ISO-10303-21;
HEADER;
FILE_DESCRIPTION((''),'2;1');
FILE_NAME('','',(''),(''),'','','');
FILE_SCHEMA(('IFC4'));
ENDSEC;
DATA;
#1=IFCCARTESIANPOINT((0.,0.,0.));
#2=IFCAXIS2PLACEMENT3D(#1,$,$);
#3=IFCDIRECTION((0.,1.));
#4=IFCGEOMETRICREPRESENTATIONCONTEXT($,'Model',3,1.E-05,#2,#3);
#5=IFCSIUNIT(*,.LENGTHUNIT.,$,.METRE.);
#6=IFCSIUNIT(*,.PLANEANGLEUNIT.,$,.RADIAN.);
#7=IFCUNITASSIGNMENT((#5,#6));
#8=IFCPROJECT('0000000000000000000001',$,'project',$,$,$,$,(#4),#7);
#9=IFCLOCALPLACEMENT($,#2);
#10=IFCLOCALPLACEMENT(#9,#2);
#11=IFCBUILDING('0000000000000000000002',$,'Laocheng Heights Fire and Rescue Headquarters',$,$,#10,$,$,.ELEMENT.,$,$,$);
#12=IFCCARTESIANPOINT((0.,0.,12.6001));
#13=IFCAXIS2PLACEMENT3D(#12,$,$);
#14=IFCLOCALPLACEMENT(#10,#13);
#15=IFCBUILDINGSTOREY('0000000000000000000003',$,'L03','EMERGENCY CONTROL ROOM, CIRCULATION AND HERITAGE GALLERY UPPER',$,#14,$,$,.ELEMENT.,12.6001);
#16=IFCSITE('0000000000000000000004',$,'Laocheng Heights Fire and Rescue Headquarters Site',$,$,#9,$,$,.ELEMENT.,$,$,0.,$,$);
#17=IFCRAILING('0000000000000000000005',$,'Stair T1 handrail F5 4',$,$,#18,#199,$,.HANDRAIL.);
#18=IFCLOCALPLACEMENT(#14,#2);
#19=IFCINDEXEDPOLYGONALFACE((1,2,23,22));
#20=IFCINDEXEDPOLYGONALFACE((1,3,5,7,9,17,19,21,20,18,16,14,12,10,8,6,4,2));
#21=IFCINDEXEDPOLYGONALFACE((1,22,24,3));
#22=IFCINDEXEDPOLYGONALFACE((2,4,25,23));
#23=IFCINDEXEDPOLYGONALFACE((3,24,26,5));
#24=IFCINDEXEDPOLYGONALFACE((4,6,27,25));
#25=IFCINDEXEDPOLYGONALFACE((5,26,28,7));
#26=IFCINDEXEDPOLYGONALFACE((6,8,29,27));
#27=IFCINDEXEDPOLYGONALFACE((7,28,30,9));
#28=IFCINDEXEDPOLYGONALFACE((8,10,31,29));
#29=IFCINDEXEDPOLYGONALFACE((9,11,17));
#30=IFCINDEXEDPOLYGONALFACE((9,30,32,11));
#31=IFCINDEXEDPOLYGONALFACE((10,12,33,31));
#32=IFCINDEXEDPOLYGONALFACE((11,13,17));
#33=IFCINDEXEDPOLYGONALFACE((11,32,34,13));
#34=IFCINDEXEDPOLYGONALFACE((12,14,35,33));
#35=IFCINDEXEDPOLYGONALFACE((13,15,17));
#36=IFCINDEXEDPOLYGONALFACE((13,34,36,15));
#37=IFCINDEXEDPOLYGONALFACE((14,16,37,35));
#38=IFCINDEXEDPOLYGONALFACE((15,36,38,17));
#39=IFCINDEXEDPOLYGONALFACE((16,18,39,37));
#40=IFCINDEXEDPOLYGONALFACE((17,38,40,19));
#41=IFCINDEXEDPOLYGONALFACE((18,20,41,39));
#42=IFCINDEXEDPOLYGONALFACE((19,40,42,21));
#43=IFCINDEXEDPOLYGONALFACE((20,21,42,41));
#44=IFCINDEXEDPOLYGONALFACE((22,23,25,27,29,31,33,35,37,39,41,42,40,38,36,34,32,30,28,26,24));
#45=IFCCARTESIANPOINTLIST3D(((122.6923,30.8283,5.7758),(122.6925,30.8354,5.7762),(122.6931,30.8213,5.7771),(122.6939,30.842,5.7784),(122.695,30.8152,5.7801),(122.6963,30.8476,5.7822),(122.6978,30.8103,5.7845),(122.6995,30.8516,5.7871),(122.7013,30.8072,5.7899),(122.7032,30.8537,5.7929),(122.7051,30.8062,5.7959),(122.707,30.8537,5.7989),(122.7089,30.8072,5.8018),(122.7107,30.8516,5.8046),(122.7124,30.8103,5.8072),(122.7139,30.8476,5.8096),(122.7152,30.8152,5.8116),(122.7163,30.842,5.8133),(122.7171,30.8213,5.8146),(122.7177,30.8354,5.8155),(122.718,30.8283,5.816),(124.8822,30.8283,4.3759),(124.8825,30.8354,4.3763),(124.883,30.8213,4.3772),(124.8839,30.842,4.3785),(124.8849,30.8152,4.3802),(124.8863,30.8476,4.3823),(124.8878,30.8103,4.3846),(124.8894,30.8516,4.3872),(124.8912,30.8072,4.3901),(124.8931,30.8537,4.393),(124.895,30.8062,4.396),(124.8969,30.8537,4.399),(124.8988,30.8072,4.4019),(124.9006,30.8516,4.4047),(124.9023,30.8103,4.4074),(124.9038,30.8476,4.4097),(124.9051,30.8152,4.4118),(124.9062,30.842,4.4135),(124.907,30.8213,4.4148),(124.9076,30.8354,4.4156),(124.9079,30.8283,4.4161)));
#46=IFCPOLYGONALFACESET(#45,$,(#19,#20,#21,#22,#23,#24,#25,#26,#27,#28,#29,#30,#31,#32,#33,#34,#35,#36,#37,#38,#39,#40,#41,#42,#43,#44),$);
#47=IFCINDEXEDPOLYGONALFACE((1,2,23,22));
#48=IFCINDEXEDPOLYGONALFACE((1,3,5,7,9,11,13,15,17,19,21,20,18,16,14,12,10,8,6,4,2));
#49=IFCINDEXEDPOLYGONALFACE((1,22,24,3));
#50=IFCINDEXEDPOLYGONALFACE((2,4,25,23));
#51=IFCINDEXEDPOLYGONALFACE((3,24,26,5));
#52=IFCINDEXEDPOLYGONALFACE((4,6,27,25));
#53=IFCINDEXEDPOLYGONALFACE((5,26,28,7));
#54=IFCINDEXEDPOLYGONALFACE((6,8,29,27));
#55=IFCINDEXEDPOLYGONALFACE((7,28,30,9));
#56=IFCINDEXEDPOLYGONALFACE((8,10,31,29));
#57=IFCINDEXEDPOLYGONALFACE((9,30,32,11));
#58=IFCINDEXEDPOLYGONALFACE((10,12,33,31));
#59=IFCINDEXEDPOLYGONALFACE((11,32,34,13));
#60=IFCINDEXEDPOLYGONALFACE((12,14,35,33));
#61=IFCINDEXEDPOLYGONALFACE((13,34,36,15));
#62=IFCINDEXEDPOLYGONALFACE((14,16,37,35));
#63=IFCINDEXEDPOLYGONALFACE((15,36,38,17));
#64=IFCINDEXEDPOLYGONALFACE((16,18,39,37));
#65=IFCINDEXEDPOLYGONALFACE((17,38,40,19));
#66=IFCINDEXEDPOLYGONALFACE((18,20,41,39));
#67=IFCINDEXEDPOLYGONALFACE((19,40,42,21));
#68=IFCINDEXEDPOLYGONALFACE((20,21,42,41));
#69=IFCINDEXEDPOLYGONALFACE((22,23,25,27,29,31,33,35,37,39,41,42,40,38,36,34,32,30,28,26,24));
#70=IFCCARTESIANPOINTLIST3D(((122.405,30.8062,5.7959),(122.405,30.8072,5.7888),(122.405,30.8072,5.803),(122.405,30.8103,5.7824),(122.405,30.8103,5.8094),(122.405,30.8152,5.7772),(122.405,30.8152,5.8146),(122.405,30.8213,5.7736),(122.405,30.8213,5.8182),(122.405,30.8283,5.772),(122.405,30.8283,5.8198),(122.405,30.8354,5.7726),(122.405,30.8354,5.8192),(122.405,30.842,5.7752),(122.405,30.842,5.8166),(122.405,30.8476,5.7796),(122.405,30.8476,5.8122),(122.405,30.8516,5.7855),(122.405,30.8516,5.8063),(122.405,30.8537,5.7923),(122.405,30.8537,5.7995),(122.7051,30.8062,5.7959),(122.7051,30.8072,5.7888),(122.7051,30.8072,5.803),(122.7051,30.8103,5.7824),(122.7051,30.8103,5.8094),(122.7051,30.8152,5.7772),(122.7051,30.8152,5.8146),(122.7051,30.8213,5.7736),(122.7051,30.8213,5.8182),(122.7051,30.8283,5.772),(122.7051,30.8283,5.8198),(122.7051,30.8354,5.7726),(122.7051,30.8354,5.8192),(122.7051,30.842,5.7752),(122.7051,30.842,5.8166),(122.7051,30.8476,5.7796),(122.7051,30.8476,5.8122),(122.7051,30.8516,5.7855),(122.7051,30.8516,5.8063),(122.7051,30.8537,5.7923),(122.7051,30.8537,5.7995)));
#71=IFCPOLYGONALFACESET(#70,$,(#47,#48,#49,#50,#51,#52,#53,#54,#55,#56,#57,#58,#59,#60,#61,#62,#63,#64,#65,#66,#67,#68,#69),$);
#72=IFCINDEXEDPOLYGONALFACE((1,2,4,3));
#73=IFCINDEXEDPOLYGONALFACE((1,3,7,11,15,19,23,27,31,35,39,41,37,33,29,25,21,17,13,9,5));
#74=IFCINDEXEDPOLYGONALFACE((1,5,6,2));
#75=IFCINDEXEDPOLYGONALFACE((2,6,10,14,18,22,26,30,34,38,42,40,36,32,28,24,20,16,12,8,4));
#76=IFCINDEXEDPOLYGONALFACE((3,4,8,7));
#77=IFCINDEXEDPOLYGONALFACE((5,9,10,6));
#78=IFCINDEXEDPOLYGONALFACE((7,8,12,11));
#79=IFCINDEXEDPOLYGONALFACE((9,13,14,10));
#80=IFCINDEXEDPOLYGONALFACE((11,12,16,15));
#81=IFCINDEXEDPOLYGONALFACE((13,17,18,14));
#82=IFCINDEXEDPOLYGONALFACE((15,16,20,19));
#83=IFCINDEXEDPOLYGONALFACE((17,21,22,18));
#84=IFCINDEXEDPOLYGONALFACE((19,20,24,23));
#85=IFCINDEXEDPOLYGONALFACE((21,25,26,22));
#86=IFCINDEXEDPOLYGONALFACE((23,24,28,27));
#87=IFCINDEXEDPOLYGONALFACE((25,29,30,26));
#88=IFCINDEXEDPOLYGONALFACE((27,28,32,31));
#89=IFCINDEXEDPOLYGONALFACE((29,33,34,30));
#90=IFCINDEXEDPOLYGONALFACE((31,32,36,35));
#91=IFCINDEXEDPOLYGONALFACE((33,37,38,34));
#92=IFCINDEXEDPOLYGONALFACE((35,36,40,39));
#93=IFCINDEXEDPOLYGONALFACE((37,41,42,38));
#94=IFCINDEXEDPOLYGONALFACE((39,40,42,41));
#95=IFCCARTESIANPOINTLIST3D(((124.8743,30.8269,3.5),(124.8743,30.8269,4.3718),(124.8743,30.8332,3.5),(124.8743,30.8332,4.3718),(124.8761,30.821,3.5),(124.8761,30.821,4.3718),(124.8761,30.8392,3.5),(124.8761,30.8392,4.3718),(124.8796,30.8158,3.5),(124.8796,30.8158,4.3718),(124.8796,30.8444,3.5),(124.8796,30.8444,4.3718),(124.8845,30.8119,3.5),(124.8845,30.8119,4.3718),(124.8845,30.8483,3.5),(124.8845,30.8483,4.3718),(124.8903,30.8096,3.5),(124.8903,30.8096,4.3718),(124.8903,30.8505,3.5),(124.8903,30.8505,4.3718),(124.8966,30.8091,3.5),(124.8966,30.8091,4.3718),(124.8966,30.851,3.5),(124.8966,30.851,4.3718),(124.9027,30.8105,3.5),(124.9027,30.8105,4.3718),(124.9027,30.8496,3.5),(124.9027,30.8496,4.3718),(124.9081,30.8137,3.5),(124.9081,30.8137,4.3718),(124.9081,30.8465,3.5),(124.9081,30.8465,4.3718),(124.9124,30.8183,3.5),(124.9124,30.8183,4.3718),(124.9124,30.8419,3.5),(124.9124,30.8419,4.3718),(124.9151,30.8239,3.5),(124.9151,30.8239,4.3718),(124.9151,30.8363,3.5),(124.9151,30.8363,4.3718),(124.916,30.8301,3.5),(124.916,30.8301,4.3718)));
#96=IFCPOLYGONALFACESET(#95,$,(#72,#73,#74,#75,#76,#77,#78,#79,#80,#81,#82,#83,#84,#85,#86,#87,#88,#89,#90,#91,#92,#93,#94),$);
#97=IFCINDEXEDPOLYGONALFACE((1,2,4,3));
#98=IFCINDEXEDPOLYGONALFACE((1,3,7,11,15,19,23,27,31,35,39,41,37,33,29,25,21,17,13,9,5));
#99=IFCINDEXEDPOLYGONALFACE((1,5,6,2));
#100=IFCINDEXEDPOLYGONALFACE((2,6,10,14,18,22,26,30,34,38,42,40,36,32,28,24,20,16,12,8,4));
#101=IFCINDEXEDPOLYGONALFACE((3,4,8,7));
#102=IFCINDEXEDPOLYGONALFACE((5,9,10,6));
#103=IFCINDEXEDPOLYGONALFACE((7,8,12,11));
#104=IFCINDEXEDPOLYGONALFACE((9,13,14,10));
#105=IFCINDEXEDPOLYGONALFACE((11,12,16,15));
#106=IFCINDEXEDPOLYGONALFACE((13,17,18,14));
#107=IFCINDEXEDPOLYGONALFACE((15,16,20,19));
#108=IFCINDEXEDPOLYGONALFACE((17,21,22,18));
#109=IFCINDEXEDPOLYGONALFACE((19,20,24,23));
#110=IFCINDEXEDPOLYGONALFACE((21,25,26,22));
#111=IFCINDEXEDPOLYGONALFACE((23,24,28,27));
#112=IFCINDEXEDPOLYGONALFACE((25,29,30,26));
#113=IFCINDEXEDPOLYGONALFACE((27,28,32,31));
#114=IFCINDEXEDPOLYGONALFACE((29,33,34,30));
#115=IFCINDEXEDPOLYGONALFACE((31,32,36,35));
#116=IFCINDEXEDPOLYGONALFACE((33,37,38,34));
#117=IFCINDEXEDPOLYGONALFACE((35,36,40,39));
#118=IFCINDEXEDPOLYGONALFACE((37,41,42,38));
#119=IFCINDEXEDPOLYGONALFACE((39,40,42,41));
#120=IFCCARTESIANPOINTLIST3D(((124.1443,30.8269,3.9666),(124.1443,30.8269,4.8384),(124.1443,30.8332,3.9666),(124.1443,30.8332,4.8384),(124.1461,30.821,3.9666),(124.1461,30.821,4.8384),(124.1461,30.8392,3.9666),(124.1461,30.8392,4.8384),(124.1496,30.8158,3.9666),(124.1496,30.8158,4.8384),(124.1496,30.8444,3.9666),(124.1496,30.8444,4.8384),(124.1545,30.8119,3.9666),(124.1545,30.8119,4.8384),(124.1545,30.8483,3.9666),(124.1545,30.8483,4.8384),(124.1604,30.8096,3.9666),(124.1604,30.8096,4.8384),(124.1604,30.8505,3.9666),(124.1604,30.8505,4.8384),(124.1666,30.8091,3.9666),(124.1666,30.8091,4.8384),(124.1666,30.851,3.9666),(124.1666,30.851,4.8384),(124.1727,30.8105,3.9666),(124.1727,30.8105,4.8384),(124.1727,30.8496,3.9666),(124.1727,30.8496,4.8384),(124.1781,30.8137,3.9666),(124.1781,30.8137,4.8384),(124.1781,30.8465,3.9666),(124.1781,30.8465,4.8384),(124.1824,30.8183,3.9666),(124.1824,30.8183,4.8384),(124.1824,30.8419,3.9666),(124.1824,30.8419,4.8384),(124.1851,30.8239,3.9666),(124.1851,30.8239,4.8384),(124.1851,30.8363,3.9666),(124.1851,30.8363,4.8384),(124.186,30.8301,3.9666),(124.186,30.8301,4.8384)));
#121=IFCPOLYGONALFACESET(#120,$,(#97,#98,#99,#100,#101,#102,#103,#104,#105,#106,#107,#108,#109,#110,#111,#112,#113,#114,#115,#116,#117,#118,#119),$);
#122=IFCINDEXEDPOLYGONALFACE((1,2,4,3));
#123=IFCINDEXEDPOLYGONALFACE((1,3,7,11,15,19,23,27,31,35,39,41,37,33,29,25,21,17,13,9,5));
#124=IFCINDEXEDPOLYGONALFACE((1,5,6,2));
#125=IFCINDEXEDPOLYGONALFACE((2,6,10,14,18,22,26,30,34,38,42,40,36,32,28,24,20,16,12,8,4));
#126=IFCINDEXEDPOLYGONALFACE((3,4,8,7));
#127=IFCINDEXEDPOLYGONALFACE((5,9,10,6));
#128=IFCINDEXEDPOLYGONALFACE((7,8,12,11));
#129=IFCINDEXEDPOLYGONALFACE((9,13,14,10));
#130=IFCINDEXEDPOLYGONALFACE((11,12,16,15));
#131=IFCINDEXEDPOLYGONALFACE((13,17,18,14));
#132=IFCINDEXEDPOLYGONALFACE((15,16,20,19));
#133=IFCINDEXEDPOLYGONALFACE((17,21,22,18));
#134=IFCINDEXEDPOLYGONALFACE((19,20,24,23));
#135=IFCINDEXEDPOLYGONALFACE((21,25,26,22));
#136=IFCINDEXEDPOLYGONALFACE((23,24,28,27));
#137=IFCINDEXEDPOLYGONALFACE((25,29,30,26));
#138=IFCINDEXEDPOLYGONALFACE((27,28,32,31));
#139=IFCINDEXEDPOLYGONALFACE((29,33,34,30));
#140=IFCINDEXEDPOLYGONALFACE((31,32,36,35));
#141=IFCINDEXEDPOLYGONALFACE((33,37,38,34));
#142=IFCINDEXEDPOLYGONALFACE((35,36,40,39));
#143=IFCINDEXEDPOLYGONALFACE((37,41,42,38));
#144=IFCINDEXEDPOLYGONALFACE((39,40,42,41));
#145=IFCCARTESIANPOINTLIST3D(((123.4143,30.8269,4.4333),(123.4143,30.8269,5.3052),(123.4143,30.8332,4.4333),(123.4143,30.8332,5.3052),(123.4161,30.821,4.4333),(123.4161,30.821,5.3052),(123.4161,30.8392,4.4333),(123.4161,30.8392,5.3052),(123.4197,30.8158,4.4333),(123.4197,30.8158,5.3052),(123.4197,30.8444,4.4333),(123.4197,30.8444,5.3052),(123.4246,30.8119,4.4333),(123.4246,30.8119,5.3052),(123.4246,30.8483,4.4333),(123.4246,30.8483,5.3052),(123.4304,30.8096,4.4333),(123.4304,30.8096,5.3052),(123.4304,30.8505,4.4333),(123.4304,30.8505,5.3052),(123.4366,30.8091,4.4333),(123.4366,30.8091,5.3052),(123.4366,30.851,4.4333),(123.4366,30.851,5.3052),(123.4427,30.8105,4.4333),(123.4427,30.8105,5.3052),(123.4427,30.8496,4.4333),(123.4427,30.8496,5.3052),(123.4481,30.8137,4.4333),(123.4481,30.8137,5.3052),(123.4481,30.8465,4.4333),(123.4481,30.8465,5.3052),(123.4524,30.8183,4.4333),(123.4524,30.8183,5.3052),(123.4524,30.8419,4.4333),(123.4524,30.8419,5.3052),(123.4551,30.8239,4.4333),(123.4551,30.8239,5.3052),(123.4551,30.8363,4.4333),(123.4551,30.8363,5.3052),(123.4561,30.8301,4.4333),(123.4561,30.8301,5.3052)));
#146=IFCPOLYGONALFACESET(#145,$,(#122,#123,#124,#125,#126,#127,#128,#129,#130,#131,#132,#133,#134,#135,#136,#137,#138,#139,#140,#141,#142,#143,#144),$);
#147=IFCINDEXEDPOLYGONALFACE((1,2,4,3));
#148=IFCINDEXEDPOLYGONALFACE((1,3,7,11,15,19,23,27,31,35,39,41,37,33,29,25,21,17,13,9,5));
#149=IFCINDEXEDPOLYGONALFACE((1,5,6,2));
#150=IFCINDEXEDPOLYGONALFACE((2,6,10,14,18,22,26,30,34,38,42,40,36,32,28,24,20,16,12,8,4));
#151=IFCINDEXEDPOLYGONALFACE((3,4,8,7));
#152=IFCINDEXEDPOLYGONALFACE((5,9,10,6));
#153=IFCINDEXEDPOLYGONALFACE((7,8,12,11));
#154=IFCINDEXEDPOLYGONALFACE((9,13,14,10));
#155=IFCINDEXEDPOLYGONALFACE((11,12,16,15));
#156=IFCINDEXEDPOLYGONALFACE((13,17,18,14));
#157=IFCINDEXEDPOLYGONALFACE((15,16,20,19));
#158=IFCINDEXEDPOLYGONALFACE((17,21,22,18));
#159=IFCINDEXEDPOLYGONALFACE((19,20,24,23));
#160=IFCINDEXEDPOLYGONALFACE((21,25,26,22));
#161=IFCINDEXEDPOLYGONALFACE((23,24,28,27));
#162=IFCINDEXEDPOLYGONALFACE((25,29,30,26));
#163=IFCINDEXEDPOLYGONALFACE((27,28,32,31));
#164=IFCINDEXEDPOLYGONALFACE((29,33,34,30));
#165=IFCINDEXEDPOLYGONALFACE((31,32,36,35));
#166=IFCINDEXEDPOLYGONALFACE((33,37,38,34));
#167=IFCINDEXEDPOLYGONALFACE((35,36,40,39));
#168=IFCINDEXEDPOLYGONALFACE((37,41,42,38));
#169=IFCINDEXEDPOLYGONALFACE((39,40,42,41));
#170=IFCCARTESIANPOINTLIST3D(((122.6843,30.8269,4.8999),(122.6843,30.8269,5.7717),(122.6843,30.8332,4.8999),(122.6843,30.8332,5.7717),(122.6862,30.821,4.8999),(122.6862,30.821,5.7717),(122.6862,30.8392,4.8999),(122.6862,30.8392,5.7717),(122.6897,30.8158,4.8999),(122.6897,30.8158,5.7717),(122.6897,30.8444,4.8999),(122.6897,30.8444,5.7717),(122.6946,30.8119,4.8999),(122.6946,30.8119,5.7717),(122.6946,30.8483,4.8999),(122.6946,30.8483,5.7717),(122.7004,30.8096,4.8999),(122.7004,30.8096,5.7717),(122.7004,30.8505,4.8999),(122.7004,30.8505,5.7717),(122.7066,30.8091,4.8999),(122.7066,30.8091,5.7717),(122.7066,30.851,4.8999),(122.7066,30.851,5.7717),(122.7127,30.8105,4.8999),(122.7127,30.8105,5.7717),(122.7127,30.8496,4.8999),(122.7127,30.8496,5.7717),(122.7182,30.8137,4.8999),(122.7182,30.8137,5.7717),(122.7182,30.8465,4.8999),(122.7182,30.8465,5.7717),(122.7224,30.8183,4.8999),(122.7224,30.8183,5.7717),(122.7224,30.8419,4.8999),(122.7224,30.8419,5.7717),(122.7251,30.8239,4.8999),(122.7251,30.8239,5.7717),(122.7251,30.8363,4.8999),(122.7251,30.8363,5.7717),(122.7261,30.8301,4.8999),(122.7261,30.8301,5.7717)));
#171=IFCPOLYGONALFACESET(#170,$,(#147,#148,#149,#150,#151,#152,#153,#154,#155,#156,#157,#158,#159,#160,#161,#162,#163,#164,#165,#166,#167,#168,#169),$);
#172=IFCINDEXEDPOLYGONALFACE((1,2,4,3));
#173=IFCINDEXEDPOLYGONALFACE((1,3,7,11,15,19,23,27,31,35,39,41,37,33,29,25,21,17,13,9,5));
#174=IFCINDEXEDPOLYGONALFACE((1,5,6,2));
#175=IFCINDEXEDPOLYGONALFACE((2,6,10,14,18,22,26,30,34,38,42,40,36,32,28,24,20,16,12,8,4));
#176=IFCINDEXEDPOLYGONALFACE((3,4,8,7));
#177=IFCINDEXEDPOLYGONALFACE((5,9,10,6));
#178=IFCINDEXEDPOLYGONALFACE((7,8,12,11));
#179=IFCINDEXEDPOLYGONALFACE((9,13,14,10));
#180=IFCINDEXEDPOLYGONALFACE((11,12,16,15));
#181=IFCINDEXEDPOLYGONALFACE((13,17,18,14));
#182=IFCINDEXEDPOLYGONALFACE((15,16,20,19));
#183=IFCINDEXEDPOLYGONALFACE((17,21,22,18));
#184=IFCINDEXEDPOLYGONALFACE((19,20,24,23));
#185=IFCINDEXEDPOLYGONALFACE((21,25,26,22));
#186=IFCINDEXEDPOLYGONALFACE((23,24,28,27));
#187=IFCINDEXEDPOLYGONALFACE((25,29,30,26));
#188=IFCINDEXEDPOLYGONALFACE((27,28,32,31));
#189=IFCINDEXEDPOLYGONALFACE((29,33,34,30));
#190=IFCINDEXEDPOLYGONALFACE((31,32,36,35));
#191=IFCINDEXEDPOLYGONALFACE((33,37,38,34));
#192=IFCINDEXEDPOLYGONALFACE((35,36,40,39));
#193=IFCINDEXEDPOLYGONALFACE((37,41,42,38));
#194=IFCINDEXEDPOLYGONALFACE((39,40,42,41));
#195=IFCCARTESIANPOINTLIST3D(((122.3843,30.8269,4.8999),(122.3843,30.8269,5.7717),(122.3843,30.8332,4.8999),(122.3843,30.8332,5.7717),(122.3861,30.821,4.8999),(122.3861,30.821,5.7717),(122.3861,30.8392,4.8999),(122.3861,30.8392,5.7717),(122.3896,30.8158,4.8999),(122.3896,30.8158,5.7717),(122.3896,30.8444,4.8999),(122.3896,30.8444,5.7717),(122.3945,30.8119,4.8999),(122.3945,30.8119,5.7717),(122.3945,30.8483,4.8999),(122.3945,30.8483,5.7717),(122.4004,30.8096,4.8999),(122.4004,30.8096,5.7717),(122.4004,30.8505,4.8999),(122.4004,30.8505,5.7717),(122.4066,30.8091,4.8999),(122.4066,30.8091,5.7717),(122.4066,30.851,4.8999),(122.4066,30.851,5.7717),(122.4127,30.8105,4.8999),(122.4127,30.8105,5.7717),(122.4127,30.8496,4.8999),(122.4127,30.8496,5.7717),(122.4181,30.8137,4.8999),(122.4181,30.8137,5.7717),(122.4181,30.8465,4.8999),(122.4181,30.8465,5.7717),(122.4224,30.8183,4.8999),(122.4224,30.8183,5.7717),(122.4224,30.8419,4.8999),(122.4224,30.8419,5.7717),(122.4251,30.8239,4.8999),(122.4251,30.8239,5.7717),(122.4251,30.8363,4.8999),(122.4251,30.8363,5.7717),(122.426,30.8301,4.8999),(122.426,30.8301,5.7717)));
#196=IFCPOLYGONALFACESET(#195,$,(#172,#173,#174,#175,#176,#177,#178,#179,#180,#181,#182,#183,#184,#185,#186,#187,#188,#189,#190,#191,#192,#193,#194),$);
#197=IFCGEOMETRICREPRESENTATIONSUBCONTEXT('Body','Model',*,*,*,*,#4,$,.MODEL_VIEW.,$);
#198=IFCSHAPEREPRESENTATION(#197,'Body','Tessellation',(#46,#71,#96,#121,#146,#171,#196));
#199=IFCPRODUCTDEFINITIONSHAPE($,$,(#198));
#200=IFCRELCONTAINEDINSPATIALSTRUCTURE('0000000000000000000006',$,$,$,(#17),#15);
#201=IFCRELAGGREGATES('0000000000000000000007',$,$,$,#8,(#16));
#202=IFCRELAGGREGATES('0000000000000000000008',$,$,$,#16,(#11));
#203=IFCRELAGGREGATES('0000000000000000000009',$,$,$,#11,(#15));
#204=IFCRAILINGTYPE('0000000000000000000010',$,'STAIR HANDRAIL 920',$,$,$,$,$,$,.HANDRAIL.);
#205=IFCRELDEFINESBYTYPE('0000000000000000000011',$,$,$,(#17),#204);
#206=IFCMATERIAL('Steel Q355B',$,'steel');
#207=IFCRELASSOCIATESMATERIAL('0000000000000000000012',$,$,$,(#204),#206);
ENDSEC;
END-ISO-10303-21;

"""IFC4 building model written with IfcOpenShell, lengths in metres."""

from ifc_helpers import new_model, si_unit, direction, frame, origin, origin_2d, place, context, subcontext, project, spatial, circle, extrude, material, type_object, element, save


model = new_model("IFC4")

# Units and contexts
model_context = context("Model", 3, precision=1e-05, world=origin(), true_north=direction((0.0, 1.0)))
body_context = subcontext(model_context, "Body", "Model", "MODEL_VIEW")
ifc_project = project(units=[si_unit("LENGTHUNIT", "METRE"), si_unit("PLANEANGLEUNIT", "RADIAN")], contexts=[model_context])

# Site, building, storey
site_placement = place(None, origin())
site = spatial("IfcSite", under=ifc_project, at=site_placement, Name="Laocheng Heights Fire and Rescue Headquarters Site", CompositionType="ELEMENT", RefElevation=0.0)
building_placement = place(site_placement, origin())
building = spatial("IfcBuilding", under=site, at=building_placement, Name="Laocheng Heights Fire and Rescue Headquarters", CompositionType="ELEMENT")
storey_placement = place(building_placement, frame((0.0, 0.0, 12.6001)))
storey = spatial("IfcBuildingStorey", under=building, at=storey_placement, Name="L03", Description="EMERGENCY CONTROL ROOM, CIRCULATION AND HERITAGE GALLERY UPPER", CompositionType="ELEMENT", Elevation=12.6001)

# Railing
ifc_material_1 = material(Name="Steel Q355B", Category="steel")
railing_type_1 = type_object("IfcRailingType", Name="STAIR HANDRAIL 920", PredefinedType="HANDRAIL", material=ifc_material_1)
for number, where, name in (
    (1, (124.895, 30.8301, 3.5), "Stair T1 handrail F5 4"),
):
    element("IfcRailing", number, at=place(storey_placement, frame(where)), inside=storey, type_object=railing_type_1, Name=name, PredefinedType="HANDRAIL", context=body_context, shape_type="SweptSolid", body=[
        extrude(circle(Radius=0.0239, at=origin_2d()), frame((0.0, 0.0, 0.896), z_axis=(-0.842561, 0.0, 0.5386), x_axis=(0.0, -1.0, 0.0)), (0.0, 0.0, 1.0), 2.5991),
        extrude(circle(Radius=0.0239, at=origin_2d()), frame((-2.1899, 0.0, 2.2959), z_axis=(-1.0, 0.0, 0.0), x_axis=(0.0, -1.0, 0.0)), (0.0, 0.0, 1.0), 0.3),
        extrude(circle(Radius=0.021, at=origin_2d()), origin(), (0.0, 0.0, 1.0), 0.8718),
        extrude(circle(Radius=0.021, at=origin_2d()), frame((-0.73, 0.0, 0.4666)), (0.0, 0.0, 1.0), 0.8718),
        extrude(circle(Radius=0.021, at=origin_2d()), frame((-1.46, 0.0, 0.9333)), (0.0, 0.0, 1.0), 0.8718),
        extrude(circle(Radius=0.021, at=origin_2d()), frame((-2.1899, 0.0, 1.3999)), (0.0, 0.0, 1.0), 0.8718),
        extrude(circle(Radius=0.021, at=origin_2d()), frame((-2.49, 0.0, 1.3999)), (0.0, 0.0, 1.0), 0.8718),
    ])

save(model, "model.ifc")
